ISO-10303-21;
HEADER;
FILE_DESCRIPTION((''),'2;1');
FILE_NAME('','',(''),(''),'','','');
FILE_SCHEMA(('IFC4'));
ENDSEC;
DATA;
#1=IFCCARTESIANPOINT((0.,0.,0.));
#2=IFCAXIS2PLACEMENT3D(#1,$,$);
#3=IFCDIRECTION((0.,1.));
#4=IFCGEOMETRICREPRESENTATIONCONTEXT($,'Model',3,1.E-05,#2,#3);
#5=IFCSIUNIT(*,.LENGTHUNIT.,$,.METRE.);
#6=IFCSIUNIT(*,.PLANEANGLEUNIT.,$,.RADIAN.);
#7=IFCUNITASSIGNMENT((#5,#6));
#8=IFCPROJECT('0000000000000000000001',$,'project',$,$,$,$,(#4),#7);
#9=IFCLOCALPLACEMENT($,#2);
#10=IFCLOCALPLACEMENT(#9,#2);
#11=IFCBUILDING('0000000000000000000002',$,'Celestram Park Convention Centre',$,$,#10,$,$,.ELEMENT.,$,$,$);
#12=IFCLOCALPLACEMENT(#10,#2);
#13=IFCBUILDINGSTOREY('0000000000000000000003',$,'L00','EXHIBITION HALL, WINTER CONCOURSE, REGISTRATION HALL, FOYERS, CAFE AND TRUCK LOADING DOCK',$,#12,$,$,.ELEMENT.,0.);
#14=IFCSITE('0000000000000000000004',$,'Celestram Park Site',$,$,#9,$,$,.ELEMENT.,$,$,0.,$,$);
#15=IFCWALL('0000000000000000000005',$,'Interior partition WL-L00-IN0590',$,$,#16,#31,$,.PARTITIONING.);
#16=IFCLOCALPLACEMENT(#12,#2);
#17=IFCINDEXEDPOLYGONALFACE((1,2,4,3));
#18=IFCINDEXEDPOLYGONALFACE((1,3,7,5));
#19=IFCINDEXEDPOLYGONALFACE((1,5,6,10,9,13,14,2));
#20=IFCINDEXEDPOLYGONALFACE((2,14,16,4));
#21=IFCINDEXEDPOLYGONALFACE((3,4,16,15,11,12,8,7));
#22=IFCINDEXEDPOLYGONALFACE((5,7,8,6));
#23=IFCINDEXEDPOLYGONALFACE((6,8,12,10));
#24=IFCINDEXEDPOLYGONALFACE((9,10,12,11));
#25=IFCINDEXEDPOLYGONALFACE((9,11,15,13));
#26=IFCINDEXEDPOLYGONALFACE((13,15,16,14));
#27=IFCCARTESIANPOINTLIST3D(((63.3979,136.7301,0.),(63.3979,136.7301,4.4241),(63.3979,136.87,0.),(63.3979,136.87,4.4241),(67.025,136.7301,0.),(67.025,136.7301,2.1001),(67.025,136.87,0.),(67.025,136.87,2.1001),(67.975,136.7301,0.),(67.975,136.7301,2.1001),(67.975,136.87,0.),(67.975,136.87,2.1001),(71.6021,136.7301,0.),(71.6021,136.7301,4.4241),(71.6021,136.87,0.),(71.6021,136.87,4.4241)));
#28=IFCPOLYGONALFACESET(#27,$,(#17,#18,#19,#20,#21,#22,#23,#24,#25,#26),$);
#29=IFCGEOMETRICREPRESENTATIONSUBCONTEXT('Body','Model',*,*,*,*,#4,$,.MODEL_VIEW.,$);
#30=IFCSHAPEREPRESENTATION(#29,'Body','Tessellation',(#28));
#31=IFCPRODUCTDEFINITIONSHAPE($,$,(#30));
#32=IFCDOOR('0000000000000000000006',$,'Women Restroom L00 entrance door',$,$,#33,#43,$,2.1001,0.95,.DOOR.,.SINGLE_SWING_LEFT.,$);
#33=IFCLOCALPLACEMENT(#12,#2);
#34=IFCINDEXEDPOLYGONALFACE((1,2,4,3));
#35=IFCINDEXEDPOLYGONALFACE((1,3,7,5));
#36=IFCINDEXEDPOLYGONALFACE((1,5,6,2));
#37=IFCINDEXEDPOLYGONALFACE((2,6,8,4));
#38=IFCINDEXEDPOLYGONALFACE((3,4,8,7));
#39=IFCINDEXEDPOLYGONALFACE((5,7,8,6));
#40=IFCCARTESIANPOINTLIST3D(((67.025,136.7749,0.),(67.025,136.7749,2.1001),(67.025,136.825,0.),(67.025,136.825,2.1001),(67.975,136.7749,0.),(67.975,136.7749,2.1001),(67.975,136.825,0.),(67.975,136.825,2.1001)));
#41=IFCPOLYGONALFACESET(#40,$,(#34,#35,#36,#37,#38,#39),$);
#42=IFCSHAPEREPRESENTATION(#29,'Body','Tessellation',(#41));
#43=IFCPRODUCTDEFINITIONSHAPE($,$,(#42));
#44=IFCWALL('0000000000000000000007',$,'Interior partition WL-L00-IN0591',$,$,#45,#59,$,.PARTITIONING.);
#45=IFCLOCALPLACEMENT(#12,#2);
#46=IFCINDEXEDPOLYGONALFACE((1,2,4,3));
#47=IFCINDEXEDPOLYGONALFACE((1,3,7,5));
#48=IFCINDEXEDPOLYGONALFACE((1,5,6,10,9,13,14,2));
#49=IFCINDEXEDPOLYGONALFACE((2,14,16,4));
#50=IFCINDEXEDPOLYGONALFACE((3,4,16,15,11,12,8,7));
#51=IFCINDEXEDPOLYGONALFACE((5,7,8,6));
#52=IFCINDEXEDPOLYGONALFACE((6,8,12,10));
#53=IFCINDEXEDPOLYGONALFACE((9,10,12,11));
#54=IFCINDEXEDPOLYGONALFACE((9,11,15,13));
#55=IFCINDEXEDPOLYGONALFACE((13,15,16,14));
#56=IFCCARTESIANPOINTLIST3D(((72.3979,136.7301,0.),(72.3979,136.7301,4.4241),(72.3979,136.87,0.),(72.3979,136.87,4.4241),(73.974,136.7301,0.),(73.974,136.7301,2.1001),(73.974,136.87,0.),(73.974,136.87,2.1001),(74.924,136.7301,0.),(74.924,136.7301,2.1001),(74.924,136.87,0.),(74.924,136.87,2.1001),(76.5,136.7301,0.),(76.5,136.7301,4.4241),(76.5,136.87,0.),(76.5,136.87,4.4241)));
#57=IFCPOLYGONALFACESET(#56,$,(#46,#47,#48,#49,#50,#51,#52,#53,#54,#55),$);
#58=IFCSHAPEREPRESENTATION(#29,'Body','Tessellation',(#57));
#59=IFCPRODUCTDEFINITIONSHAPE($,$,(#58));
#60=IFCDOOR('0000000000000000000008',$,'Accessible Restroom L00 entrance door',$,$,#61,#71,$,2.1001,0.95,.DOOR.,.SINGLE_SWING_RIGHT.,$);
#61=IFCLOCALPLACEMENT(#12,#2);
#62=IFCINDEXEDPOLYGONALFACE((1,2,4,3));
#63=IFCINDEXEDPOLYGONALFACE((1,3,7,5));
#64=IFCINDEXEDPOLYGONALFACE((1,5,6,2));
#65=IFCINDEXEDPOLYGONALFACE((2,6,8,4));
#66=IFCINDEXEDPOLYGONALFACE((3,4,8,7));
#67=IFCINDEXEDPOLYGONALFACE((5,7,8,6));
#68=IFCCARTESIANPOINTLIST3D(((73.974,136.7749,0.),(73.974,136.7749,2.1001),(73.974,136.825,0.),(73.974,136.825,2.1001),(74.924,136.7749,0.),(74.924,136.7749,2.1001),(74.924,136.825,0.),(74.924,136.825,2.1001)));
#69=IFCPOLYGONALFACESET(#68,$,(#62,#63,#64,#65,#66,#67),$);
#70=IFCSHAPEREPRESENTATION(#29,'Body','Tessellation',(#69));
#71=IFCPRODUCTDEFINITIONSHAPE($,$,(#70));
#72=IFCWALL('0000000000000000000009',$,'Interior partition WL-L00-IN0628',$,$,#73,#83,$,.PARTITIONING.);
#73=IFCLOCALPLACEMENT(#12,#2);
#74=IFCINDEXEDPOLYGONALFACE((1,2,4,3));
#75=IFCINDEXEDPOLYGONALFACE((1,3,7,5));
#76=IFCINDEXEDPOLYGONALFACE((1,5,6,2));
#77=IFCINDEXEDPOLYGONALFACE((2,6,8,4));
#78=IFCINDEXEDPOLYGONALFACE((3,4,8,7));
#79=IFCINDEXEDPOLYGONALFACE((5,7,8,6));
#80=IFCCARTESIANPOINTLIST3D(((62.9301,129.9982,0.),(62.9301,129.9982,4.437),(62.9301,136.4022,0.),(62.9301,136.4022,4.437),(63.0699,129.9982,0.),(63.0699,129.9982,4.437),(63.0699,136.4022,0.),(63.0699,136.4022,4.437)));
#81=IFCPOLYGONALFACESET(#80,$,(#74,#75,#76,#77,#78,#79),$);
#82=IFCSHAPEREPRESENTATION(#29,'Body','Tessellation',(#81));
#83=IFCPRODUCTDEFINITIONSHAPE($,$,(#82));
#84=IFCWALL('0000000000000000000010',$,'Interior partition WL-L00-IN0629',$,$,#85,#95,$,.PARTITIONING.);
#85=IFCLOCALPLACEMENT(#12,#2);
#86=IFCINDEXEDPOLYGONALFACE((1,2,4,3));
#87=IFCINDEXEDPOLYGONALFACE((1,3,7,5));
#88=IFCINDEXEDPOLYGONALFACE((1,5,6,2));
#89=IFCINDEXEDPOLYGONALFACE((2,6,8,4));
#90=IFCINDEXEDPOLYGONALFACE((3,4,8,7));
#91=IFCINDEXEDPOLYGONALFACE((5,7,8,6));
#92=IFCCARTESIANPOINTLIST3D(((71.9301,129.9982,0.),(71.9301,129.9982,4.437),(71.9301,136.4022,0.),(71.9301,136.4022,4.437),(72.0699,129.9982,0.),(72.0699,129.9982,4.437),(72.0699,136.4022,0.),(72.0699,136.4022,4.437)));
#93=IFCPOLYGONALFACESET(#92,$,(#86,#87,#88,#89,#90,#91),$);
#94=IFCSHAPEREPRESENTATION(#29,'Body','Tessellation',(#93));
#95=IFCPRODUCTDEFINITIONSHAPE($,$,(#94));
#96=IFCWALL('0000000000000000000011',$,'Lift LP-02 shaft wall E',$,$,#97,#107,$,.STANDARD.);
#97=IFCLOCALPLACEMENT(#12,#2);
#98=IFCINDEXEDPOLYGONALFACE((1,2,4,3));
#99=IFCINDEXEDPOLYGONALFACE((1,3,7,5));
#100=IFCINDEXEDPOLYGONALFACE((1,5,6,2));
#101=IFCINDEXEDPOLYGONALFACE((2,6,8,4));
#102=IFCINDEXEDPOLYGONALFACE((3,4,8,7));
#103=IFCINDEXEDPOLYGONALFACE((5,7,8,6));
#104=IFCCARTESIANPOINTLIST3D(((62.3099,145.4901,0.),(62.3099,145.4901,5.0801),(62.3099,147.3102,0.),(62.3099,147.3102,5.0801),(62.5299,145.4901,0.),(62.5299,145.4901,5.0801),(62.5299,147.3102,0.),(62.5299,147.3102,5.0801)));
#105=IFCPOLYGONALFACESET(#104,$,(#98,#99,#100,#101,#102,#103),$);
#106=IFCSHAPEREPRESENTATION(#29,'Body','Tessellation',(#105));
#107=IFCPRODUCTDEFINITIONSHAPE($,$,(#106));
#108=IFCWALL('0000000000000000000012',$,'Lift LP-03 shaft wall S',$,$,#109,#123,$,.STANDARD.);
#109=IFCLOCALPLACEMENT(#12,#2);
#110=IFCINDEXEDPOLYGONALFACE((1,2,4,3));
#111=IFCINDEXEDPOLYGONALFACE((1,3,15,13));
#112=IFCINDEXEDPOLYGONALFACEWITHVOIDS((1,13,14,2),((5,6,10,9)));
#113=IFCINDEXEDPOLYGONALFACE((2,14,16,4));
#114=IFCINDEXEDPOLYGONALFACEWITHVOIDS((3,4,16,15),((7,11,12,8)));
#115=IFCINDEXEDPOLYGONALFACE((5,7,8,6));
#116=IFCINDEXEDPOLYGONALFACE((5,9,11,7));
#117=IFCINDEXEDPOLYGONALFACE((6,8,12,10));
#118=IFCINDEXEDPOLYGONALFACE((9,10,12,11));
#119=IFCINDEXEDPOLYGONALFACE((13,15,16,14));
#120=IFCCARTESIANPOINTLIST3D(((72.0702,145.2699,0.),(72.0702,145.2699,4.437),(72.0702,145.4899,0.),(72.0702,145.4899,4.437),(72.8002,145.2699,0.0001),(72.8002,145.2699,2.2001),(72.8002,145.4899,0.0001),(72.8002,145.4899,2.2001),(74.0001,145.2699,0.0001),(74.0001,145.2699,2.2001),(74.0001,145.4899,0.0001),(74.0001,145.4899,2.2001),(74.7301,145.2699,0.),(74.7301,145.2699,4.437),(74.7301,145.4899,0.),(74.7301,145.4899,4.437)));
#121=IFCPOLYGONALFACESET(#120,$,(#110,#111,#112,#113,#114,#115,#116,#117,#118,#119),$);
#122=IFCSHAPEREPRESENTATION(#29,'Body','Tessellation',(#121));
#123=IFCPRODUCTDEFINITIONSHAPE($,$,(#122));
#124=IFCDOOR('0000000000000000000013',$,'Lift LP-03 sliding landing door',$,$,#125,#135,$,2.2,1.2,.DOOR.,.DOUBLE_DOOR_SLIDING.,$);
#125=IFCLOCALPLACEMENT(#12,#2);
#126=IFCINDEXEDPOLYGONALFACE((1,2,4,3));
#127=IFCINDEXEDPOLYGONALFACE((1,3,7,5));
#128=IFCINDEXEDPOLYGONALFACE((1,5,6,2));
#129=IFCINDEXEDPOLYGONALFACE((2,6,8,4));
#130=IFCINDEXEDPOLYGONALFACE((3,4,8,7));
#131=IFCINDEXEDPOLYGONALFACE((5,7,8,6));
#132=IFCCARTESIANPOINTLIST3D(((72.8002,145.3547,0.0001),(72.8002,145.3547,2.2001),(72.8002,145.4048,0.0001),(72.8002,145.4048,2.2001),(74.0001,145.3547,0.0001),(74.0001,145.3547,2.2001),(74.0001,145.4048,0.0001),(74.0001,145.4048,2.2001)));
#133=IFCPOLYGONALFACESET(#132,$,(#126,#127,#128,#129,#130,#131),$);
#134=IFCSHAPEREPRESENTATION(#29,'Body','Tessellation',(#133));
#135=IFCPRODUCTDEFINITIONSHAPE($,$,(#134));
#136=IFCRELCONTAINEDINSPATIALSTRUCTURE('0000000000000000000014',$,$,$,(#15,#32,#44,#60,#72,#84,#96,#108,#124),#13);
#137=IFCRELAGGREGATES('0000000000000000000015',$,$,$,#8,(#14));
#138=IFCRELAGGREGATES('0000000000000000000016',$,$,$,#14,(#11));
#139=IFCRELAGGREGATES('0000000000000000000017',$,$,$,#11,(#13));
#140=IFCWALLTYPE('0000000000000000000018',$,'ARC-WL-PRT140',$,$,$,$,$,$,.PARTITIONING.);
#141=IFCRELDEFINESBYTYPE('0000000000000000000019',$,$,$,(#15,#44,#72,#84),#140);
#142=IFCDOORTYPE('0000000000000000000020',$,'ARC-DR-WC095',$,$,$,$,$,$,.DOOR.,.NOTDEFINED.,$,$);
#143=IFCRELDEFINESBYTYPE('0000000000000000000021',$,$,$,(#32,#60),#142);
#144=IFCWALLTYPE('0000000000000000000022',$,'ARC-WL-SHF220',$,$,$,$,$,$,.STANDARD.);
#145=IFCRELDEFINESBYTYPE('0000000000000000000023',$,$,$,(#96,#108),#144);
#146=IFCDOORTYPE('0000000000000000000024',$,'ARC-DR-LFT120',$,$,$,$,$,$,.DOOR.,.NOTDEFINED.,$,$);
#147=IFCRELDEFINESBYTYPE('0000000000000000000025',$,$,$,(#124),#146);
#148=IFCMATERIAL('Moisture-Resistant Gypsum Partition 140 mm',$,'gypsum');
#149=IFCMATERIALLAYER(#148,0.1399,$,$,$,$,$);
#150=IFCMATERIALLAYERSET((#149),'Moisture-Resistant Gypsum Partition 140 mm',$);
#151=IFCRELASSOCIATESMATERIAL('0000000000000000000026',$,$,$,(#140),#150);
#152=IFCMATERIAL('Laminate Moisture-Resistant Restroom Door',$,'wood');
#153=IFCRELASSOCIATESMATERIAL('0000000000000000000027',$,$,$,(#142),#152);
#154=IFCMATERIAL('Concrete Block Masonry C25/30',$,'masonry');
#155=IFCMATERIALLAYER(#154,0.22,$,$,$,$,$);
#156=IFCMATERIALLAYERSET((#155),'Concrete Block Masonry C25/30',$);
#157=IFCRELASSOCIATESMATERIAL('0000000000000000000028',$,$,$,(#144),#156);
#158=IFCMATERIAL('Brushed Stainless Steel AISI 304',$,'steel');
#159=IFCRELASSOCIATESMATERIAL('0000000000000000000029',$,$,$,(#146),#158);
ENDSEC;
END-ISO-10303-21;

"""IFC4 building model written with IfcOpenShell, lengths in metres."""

from ifc_helpers import new_model, si_unit, direction, frame, frame_2d, origin, place, context, subcontext, project, spatial, rectangle, extrude, material, layer, layer_set, type_object, element, fill, save


model = new_model("IFC4")

# Units and contexts
model_context = context("Model", 3, precision=1e-05, world=origin(), true_north=direction((0.0, 1.0)))
body_context = subcontext(model_context, "Body", "Model", "MODEL_VIEW")
ifc_project = project(units=[si_unit("LENGTHUNIT", "METRE"), si_unit("PLANEANGLEUNIT", "RADIAN")], contexts=[model_context])

# Site, building, storey
site_placement = place(None, origin())
site = spatial("IfcSite", under=ifc_project, at=site_placement, Name="Celestram Park Site", CompositionType="ELEMENT", RefElevation=0.0)
building_placement = place(site_placement, origin())
building = spatial("IfcBuilding", under=site, at=building_placement, Name="Celestram Park Convention Centre", CompositionType="ELEMENT")
storey_placement = place(building_placement, origin())
storey = spatial("IfcBuildingStorey", under=building, at=storey_placement, Name="L00", Description="EXHIBITION HALL, WINTER CONCOURSE, REGISTRATION HALL, FOYERS, CAFE AND TRUCK LOADING DOCK", CompositionType="ELEMENT", Elevation=0.0)

# Shared definitions
ifc_material_1 = material(Name="Moisture-Resistant Gypsum Partition 140 mm", Category="gypsum")
ifc_layer_1 = layer(ifc_material_1, 0.1399)
ifc_layer_set_1 = layer_set([ifc_layer_1], Name="Moisture-Resistant Gypsum Partition 140 mm")
wall_type_1 = type_object("IfcWallType", Name="ARC-WL-PRT140", PredefinedType="PARTITIONING", material=ifc_layer_set_1)

# Walls, openings, doors
wall_1_placement = place(storey_placement, frame((63.3979, 136.8, 0.0), z_axis=(0.0, 0.0, 1.0), x_axis=(1.0, 0.0, 0.0)))
wall_1 = element("IfcWall", 1, at=wall_1_placement, inside=storey, type_object=wall_type_1, Name="Interior partition WL-L00-IN0590", PredefinedType="PARTITIONING", context=body_context, shape_type="SweptSolid", body=[
    extrude(rectangle(XDim=8.2041, YDim=0.1399, at=frame_2d((4.1021, 0.0))), origin(), (0.0, 0.0, 1.0), 4.4241),
])
opening_1_placement = place(wall_1_placement, frame((3.627, 0.0, 0.0)))
opening_1 = element("IfcOpeningElement", 2, at=opening_1_placement, cuts=wall_1, PredefinedType="OPENING", context=body_context, shape_type="SweptSolid", body=[
    extrude(rectangle(XDim=0.95, YDim=2.1001, at=frame_2d((0.4751, 1.05))), frame((0.0, 0.0798, 0.0), z_axis=(0.0, -1.0, 0.0), x_axis=(1.0, 0.0, 0.0)), (0.0, 0.0, 1.0), 0.1599),
])
ifc_material_2 = material(Name="Laminate Moisture-Resistant Restroom Door", Category="wood")
door_type_1 = type_object("IfcDoorType", Name="ARC-DR-WC095", OperationType="NOTDEFINED", PredefinedType="DOOR", material=ifc_material_2)
door_1_placement = place(opening_1_placement, origin())
door_1 = element("IfcDoor", 3, at=door_1_placement, inside=storey, type_object=door_type_1, Name="Women Restroom L00 entrance door", OperationType="SINGLE_SWING_LEFT", OverallHeight=2.1001, OverallWidth=0.95, PredefinedType="DOOR", context=body_context, shape_type="SweptSolid", body=[
    extrude(rectangle(XDim=0.95, YDim=2.1001, at=frame_2d((0.4751, 1.05))), frame((0.0, 0.0249, 0.0), z_axis=(0.0, -1.0, 0.0), x_axis=(1.0, 0.0, 0.0)), (0.0, 0.0, 1.0), 0.05),
])
fill(opening_1, door_1)
wall_2_placement = place(storey_placement, frame((72.3979, 136.8, 0.0), z_axis=(0.0, 0.0, 1.0), x_axis=(1.0, 0.0, 0.0)))
wall_2 = element("IfcWall", 4, at=wall_2_placement, inside=storey, type_object=wall_type_1, Name="Interior partition WL-L00-IN0591", PredefinedType="PARTITIONING", context=body_context, shape_type="SweptSolid", body=[
    extrude(rectangle(XDim=4.1021, YDim=0.1399, at=frame_2d((2.051, 0.0))), origin(), (0.0, 0.0, 1.0), 4.4241),
])
opening_2_placement = place(wall_2_placement, frame((1.5759, 0.0, 0.0)))
opening_2 = element("IfcOpeningElement", 5, at=opening_2_placement, cuts=wall_2, PredefinedType="OPENING", context=body_context, shape_type="SweptSolid", body=[
    extrude(rectangle(XDim=0.95, YDim=2.1001, at=frame_2d((0.4751, 1.05))), frame((0.0, 0.0798, 0.0), z_axis=(0.0, -1.0, 0.0), x_axis=(1.0, 0.0, 0.0)), (0.0, 0.0, 1.0), 0.1599),
])
door_2_placement = place(opening_2_placement, origin())
door_2 = element("IfcDoor", 6, at=door_2_placement, inside=storey, type_object=door_type_1, Name="Accessible Restroom L00 entrance door", OperationType="SINGLE_SWING_RIGHT", OverallHeight=2.1001, OverallWidth=0.95, PredefinedType="DOOR", context=body_context, shape_type="SweptSolid", body=[
    extrude(rectangle(XDim=0.95, YDim=2.1001, at=frame_2d((0.4751, 1.05))), frame((0.0, 0.0249, 0.0), z_axis=(0.0, -1.0, 0.0), x_axis=(1.0, 0.0, 0.0)), (0.0, 0.0, 1.0), 0.05),
])
fill(opening_2, door_2)

# Walls
for number, where, z_axis, x_axis, name in (
    (7, (63.0, 129.998, 0.0), (0.0, 0.0, 1.0), (0.0, 1.0, 0.0), "Interior partition WL-L00-IN0628"),
    (8, (72.0, 129.998, 0.0), (0.0, 0.0, 1.0), (0.0, 1.0, 0.0), "Interior partition WL-L00-IN0629"),
):
    element("IfcWall", number, at=place(storey_placement, frame(where, z_axis=z_axis, x_axis=x_axis)), inside=storey, type_object=wall_type_1, Name=name, PredefinedType="PARTITIONING", context=body_context, shape_type="SweptSolid", body=[
        extrude(rectangle(XDim=6.4041, YDim=0.1399, at=frame_2d((3.2021, 0.0))), origin(), (0.0, 0.0, 1.0), 4.437),
    ])
ifc_material_3 = material(Name="Concrete Block Masonry C25/30", Category="masonry")
ifc_layer_2 = layer(ifc_material_3, 0.22)
ifc_layer_set_2 = layer_set([ifc_layer_2], Name="Concrete Block Masonry C25/30")
wall_type_2 = type_object("IfcWallType", Name="ARC-WL-SHF220", PredefinedType="STANDARD", material=ifc_layer_set_2)
wall_3_placement = place(storey_placement, frame((62.4199, 145.49, 0.0), z_axis=(0.0, 0.0, 1.0), x_axis=(0.0, 1.0, 0.0)))
element("IfcWall", 9, at=wall_3_placement, inside=storey, type_object=wall_type_2, Name="Lift LP-02 shaft wall E", PredefinedType="STANDARD", context=body_context, shape_type="SweptSolid", body=[
    extrude(rectangle(XDim=1.8201, YDim=0.22, at=frame_2d((0.9102, 0.0))), origin(), (0.0, 0.0, 1.0), 5.0801),
])

# Wall, opening, door
wall_4_placement = place(storey_placement, frame((72.0701, 145.3799, 0.0), z_axis=(0.0, 0.0, 1.0), x_axis=(1.0, 0.0, 0.0)))
wall_4 = element("IfcWall", 10, at=wall_4_placement, inside=storey, type_object=wall_type_2, Name="Lift LP-03 shaft wall S", PredefinedType="STANDARD", context=body_context, shape_type="SweptSolid", body=[
    extrude(rectangle(XDim=2.6599, YDim=0.22, at=frame_2d((1.3301, 0.0))), origin(), (0.0, 0.0, 1.0), 4.437),
])
opening_3_placement = place(wall_4_placement, frame((0.73, 0.0, 0.0)))
opening_3 = element("IfcOpeningElement", 11, at=opening_3_placement, cuts=wall_4, PredefinedType="OPENING", context=body_context, shape_type="SweptSolid", body=[
    extrude(rectangle(XDim=1.2, YDim=2.2, at=frame_2d((0.6001, 1.1001))), frame((0.0, 0.1199, 0.0), z_axis=(0.0, -1.0, 0.0), x_axis=(1.0, 0.0, 0.0)), (0.0, 0.0, 1.0), 0.24),
])
ifc_material_4 = material(Name="Brushed Stainless Steel AISI 304", Category="steel")
door_type_2 = type_object("IfcDoorType", Name="ARC-DR-LFT120", OperationType="NOTDEFINED", PredefinedType="DOOR", material=ifc_material_4)
door_3_placement = place(opening_3_placement, origin())
door_3 = element("IfcDoor", 12, at=door_3_placement, inside=storey, type_object=door_type_2, Name="Lift LP-03 sliding landing door", OperationType="DOUBLE_DOOR_SLIDING", OverallHeight=2.2, OverallWidth=1.2, PredefinedType="DOOR", context=body_context, shape_type="SweptSolid", body=[
    extrude(rectangle(XDim=1.2, YDim=2.2, at=frame_2d((0.6001, 1.1001))), frame((0.0, 0.0249, 0.0), z_axis=(0.0, -1.0, 0.0), x_axis=(1.0, 0.0, 0.0)), (0.0, 0.0, 1.0), 0.05),
])
fill(opening_3, door_3)

save(model, "model.ifc")
